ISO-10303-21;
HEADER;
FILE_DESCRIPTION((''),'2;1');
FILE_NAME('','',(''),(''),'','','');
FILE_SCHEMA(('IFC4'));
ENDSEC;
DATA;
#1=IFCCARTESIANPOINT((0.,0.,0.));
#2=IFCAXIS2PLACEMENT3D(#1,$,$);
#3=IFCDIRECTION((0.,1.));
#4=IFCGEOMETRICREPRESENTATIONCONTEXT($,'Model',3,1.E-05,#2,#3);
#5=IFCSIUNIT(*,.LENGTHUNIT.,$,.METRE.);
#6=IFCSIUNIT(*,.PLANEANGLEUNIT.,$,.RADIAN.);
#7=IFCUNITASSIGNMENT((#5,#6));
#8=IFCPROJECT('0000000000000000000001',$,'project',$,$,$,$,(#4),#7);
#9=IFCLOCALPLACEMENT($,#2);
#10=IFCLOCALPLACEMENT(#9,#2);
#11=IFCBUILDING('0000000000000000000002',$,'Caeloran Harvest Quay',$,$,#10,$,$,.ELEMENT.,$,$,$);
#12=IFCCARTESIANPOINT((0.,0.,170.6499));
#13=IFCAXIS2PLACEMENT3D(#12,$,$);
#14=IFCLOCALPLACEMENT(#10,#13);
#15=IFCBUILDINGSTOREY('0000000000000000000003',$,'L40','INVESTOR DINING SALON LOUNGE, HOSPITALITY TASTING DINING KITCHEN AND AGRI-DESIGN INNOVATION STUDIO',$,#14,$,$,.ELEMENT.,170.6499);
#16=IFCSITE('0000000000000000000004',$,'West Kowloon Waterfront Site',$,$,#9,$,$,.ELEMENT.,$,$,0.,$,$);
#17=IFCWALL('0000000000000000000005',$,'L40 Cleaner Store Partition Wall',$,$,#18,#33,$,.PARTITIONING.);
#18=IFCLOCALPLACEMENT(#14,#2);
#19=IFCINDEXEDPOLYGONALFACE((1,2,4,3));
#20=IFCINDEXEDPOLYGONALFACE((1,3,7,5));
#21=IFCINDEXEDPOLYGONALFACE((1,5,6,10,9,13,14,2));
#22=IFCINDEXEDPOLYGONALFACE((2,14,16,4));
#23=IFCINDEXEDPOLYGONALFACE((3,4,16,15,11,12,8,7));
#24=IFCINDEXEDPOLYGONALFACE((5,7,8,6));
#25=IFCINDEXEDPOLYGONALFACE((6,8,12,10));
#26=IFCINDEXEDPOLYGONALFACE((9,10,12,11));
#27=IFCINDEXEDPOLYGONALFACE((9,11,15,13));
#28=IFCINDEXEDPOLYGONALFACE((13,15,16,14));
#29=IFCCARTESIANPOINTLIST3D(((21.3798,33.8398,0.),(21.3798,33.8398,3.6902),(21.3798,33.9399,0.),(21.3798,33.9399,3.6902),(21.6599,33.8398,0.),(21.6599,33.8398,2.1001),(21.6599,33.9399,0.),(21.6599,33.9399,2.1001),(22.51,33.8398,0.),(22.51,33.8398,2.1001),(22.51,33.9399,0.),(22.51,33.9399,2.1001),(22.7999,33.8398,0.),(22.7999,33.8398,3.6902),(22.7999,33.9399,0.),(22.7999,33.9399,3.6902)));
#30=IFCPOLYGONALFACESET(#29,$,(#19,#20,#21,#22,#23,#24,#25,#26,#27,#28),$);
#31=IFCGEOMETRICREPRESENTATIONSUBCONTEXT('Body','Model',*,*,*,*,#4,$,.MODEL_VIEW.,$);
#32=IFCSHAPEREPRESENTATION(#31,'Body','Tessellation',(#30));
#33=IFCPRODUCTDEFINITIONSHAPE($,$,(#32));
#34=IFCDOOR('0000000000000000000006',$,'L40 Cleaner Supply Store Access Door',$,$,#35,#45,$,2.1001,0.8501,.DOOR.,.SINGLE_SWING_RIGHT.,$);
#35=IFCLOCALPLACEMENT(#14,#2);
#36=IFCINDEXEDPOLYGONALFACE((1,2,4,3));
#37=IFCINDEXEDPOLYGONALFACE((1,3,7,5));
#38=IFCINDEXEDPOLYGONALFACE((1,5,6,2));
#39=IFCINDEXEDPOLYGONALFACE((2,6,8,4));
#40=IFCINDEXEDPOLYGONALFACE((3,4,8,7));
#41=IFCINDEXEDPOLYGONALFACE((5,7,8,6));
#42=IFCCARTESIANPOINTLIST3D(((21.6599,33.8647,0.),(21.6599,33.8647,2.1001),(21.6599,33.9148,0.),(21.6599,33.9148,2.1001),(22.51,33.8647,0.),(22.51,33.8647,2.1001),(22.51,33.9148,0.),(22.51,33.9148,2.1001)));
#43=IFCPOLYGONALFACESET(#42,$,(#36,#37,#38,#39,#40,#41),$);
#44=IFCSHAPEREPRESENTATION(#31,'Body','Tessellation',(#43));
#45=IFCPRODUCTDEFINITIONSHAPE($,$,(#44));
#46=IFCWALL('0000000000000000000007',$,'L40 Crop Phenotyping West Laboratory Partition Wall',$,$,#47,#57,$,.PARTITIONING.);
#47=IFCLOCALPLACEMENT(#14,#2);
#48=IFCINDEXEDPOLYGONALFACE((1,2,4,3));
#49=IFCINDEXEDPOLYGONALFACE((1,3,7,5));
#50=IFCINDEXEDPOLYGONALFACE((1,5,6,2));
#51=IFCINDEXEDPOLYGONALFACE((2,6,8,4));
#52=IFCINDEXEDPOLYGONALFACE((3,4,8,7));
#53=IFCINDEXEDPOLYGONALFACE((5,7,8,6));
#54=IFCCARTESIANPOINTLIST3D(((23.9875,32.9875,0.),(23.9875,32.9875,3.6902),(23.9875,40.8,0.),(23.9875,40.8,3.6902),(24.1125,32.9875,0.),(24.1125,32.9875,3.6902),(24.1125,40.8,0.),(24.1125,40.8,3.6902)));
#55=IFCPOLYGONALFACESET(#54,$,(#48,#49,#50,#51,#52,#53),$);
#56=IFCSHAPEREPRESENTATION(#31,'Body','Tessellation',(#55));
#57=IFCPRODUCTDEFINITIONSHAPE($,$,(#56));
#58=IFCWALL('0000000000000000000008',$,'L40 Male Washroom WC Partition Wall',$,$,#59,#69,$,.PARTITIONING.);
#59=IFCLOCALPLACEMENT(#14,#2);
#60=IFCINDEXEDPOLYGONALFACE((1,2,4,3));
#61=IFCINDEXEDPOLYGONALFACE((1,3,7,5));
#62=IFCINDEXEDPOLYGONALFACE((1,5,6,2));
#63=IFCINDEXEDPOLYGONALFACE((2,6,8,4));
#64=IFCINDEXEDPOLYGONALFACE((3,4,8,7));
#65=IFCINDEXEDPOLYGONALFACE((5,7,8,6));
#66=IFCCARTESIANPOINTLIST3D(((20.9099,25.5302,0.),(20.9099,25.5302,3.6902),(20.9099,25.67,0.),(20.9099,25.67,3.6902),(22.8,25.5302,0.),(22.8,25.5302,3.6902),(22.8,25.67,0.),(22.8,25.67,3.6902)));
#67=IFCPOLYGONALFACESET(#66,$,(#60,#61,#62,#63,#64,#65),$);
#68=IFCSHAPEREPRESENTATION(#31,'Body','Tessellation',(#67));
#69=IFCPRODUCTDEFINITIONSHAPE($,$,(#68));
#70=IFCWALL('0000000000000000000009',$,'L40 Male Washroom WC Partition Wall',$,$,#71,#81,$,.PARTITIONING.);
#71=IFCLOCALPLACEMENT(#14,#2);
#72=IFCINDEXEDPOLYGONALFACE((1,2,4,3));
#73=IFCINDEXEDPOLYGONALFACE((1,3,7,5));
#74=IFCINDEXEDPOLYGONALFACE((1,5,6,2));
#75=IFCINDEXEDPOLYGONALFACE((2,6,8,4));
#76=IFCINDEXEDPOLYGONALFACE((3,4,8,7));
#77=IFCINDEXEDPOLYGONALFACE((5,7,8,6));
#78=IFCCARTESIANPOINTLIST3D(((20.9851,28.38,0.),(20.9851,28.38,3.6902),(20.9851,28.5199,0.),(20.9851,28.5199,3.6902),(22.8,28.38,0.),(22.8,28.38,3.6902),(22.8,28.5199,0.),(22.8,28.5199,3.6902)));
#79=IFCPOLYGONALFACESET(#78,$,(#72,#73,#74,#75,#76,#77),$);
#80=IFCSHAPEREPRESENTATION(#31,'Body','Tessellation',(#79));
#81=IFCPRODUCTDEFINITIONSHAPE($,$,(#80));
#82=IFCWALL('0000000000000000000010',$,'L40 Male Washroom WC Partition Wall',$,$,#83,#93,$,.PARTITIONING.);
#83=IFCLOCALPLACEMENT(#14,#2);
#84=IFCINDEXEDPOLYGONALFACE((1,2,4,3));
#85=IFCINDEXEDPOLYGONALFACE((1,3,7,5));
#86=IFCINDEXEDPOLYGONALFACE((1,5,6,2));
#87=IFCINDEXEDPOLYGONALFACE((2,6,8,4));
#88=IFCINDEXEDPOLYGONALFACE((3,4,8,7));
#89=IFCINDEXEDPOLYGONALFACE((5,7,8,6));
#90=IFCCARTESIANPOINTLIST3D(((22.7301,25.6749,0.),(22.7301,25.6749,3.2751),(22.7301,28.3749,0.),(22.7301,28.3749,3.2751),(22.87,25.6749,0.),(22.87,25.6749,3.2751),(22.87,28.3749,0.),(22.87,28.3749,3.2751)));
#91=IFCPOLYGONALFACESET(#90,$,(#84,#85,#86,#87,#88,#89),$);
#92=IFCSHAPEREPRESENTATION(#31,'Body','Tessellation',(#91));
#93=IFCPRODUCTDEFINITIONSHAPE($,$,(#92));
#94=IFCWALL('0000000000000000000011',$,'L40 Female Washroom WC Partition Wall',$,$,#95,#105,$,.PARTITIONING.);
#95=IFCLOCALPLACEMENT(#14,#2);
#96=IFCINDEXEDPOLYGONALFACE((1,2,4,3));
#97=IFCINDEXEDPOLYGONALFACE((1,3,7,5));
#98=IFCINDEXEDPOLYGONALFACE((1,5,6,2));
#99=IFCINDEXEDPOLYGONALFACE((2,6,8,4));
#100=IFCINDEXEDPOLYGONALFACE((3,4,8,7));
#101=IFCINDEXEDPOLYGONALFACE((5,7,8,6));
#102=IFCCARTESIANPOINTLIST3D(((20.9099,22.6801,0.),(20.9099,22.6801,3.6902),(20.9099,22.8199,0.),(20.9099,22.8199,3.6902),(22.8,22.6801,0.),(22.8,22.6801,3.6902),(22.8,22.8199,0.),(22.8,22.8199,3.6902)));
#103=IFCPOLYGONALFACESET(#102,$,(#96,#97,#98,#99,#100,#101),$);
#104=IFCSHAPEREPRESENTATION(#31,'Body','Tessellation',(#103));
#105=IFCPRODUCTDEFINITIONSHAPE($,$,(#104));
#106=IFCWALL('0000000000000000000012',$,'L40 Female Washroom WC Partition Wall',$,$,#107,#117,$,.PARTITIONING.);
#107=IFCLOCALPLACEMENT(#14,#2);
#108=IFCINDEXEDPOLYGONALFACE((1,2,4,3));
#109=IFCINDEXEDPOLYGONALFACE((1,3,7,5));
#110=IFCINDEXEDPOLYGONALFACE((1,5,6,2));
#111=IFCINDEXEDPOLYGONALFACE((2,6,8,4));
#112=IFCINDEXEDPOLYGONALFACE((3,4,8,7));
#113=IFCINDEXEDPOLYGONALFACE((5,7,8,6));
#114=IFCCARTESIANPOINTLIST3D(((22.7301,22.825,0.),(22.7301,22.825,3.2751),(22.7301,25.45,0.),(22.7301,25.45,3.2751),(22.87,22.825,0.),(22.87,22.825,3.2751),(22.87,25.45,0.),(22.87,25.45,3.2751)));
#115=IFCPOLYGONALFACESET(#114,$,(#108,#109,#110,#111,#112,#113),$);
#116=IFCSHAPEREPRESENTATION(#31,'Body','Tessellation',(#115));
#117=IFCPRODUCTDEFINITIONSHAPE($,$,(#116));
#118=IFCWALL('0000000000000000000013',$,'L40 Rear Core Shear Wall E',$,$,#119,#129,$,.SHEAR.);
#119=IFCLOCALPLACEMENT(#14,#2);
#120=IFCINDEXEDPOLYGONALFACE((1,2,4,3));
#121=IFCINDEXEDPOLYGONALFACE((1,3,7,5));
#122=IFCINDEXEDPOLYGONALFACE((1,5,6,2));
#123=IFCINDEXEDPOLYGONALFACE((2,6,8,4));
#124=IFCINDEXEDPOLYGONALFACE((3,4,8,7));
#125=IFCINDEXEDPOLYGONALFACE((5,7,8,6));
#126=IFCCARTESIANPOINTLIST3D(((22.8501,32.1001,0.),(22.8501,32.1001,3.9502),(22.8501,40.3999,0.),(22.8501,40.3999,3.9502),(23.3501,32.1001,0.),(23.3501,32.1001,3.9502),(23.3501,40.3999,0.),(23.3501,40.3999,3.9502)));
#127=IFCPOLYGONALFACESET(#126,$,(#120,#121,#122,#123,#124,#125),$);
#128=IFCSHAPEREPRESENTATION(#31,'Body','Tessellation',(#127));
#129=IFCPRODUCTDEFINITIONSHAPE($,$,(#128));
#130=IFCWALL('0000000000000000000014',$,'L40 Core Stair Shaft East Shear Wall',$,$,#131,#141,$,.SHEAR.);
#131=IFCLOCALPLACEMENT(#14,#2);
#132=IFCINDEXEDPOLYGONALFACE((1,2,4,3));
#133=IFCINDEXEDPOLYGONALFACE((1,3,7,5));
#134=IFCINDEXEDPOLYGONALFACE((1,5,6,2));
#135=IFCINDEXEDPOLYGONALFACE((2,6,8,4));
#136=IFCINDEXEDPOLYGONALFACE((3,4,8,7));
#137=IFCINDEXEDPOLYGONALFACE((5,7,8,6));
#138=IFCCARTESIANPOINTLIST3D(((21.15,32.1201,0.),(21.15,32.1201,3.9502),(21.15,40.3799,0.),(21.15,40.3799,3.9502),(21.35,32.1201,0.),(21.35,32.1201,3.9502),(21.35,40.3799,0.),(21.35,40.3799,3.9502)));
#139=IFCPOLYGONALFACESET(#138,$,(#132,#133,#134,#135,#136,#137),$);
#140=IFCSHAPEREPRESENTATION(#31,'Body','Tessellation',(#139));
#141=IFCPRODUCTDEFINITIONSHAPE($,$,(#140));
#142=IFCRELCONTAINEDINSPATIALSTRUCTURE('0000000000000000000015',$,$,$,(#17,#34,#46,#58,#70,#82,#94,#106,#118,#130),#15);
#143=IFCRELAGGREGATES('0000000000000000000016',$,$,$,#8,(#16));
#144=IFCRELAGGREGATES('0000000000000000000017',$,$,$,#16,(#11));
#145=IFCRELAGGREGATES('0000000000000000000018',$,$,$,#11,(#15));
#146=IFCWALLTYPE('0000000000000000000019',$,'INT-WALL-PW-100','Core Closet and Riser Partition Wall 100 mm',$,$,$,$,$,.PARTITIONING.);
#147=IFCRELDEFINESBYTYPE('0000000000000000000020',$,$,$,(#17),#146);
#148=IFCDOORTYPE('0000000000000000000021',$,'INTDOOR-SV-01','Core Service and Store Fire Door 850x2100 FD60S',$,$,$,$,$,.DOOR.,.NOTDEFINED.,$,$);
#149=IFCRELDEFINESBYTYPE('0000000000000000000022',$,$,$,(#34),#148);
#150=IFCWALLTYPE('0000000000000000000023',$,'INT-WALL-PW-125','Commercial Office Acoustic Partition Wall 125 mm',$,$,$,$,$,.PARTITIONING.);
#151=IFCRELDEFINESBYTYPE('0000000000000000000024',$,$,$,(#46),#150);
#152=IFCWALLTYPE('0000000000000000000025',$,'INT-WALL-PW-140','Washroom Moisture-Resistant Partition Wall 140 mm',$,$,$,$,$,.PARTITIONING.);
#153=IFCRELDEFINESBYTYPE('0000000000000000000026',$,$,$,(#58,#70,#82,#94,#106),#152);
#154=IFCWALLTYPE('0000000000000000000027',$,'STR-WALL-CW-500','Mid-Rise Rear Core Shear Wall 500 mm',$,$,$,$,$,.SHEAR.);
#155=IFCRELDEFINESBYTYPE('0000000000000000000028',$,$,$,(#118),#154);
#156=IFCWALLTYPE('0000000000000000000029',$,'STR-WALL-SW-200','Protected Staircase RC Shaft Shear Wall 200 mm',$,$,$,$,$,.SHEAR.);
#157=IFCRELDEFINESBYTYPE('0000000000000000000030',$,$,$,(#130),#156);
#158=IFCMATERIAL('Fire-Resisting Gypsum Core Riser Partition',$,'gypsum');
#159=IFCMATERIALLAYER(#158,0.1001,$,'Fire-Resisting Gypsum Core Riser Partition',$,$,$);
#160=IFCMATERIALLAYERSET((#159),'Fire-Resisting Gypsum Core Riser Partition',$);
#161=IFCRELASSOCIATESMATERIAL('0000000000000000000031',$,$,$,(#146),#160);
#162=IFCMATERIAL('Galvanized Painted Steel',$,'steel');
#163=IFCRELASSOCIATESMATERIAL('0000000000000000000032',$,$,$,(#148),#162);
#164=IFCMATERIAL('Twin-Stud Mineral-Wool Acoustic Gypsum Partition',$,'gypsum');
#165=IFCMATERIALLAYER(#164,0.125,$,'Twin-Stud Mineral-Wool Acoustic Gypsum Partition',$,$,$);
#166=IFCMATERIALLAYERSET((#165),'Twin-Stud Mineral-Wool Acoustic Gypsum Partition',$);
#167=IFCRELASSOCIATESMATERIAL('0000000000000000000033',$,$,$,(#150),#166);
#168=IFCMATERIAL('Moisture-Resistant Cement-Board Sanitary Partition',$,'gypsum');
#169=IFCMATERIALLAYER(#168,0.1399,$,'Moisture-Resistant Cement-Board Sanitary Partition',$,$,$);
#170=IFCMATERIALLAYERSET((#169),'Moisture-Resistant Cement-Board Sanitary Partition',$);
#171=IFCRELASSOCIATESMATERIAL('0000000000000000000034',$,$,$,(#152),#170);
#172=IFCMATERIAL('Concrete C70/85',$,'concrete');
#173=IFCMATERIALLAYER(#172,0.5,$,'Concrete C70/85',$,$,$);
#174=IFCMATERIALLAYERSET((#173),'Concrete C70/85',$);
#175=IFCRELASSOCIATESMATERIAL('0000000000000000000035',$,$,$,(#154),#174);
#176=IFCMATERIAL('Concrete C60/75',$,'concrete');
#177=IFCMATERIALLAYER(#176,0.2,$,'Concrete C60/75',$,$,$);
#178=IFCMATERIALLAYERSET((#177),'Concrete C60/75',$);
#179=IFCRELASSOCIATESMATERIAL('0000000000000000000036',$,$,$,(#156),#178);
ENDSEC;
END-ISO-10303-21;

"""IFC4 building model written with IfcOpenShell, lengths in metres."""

from ifc_helpers import new_model, si_unit, direction, frame, frame_2d, origin, place, context, subcontext, project, spatial, rectangle, extrude, material, layer, layer_set, type_object, element, fill, save


model = new_model("IFC4")

# Units and contexts
model_context = context("Model", 3, precision=1e-05, world=origin(), true_north=direction((0.0, 1.0)))
body_context = subcontext(model_context, "Body", "Model", "MODEL_VIEW")
ifc_project = project(units=[si_unit("LENGTHUNIT", "METRE"), si_unit("PLANEANGLEUNIT", "RADIAN")], contexts=[model_context])

# Site, building, storey
site_placement = place(None, origin())
site = spatial("IfcSite", under=ifc_project, at=site_placement, Name="West Kowloon Waterfront Site", CompositionType="ELEMENT", RefElevation=0.0)
building_placement = place(site_placement, origin())
building = spatial("IfcBuilding", under=site, at=building_placement, Name="Caeloran Harvest Quay", CompositionType="ELEMENT")
storey_placement = place(building_placement, frame((0.0, 0.0, 170.6499)))
storey = spatial("IfcBuildingStorey", under=building, at=storey_placement, Name="L40", Description="INVESTOR DINING SALON LOUNGE, HOSPITALITY TASTING DINING KITCHEN AND AGRI-DESIGN INNOVATION STUDIO", CompositionType="ELEMENT", Elevation=170.6499)

# Wall, opening, door
ifc_material_1 = material(Name="Fire-Resisting Gypsum Core Riser Partition", Category="gypsum")
ifc_layer_1 = layer(ifc_material_1, 0.1001, Name="Fire-Resisting Gypsum Core Riser Partition")
ifc_layer_set_1 = layer_set([ifc_layer_1], Name="Fire-Resisting Gypsum Core Riser Partition")
wall_type_1 = type_object("IfcWallType", Name="INT-WALL-PW-100", Description="Core Closet and Riser Partition Wall 100 mm", PredefinedType="PARTITIONING", material=ifc_layer_set_1)
wall_1_placement = place(storey_placement, frame((21.3799, 33.8899, 0.0), z_axis=(0.0, 0.0, 1.0), x_axis=(1.0, 0.0, 0.0)))
wall_1 = element("IfcWall", 1, at=wall_1_placement, inside=storey, type_object=wall_type_1, Name="L40 Cleaner Store Partition Wall", PredefinedType="PARTITIONING", context=body_context, shape_type="SweptSolid", body=[
    extrude(rectangle(XDim=1.4202, YDim=0.1001, at=frame_2d((0.71, 0.0))), origin(), (0.0, 0.0, 1.0), 3.6902),
])
opening_1_placement = place(wall_1_placement, frame((0.28, 0.0, 0.0)))
opening_1 = element("IfcOpeningElement", 2, at=opening_1_placement, cuts=wall_1, PredefinedType="OPENING", context=body_context, shape_type="SweptSolid", body=[
    extrude(rectangle(XDim=0.8501, YDim=2.1001, at=frame_2d((0.425, 1.05))), frame((0.0, 0.0601, 0.0), z_axis=(0.0, -1.0, 0.0), x_axis=(1.0, 0.0, 0.0)), (0.0, 0.0, 1.0), 0.1201),
])
ifc_material_2 = material(Name="Galvanized Painted Steel", Category="steel")
door_type_1 = type_object("IfcDoorType", Name="INTDOOR-SV-01", Description="Core Service and Store Fire Door 850x2100 FD60S", OperationType="NOTDEFINED", PredefinedType="DOOR", material=ifc_material_2)
door_1_placement = place(opening_1_placement, origin())
door_1 = element("IfcDoor", 3, at=door_1_placement, inside=storey, type_object=door_type_1, Name="L40 Cleaner Supply Store Access Door", OperationType="SINGLE_SWING_RIGHT", OverallHeight=2.1001, OverallWidth=0.8501, PredefinedType="DOOR", context=body_context, shape_type="SweptSolid", body=[
    extrude(rectangle(XDim=0.8501, YDim=2.1001, at=frame_2d((0.425, 1.05))), frame((0.0, 0.0249, 0.0), z_axis=(0.0, -1.0, 0.0), x_axis=(1.0, 0.0, 0.0)), (0.0, 0.0, 1.0), 0.05),
])
fill(opening_1, door_1)

# Walls
ifc_material_3 = material(Name="Twin-Stud Mineral-Wool Acoustic Gypsum Partition", Category="gypsum")
ifc_layer_2 = layer(ifc_material_3, 0.125, Name="Twin-Stud Mineral-Wool Acoustic Gypsum Partition")
ifc_layer_set_2 = layer_set([ifc_layer_2], Name="Twin-Stud Mineral-Wool Acoustic Gypsum Partition")
wall_type_2 = type_object("IfcWallType", Name="INT-WALL-PW-125", Description="Commercial Office Acoustic Partition Wall 125 mm", PredefinedType="PARTITIONING", material=ifc_layer_set_2)
wall_2_placement = place(storey_placement, frame((24.05, 32.9875, 0.0), z_axis=(0.0, 0.0, 1.0), x_axis=(0.0, 1.0, 0.0)))
element("IfcWall", 4, at=wall_2_placement, inside=storey, type_object=wall_type_2, Name="L40 Crop Phenotyping West Laboratory Partition Wall", PredefinedType="PARTITIONING", context=body_context, shape_type="SweptSolid", body=[
    extrude(rectangle(XDim=7.8125, YDim=0.125, at=frame_2d((3.9062, 0.0))), origin(), (0.0, 0.0, 1.0), 3.6902),
])
ifc_material_4 = material(Name="Moisture-Resistant Cement-Board Sanitary Partition", Category="gypsum")
ifc_layer_3 = layer(ifc_material_4, 0.1399, Name="Moisture-Resistant Cement-Board Sanitary Partition")
ifc_layer_set_3 = layer_set([ifc_layer_3], Name="Moisture-Resistant Cement-Board Sanitary Partition")
wall_type_3 = type_object("IfcWallType", Name="INT-WALL-PW-140", Description="Washroom Moisture-Resistant Partition Wall 140 mm", PredefinedType="PARTITIONING", material=ifc_layer_set_3)
wall_3_placement = place(storey_placement, frame((22.8, 25.6001, 0.0), z_axis=(0.0, 0.0, 1.0), x_axis=(-1.0, 0.0, 0.0)))
element("IfcWall", 5, at=wall_3_placement, inside=storey, type_object=wall_type_3, Name="L40 Male Washroom WC Partition Wall", PredefinedType="PARTITIONING", context=body_context, shape_type="SweptSolid", body=[
    extrude(rectangle(XDim=1.8901, YDim=0.1399, at=frame_2d((0.9451, 0.0))), origin(), (0.0, 0.0, 1.0), 3.6902),
])

# Walls
wall_4_placement = place(storey_placement, frame((20.9851, 28.45, 0.0), z_axis=(0.0, 0.0, 1.0), x_axis=(1.0, 0.0, 0.0)))
element("IfcWall", 6, at=wall_4_placement, inside=storey, type_object=wall_type_3, Name="L40 Male Washroom WC Partition Wall", PredefinedType="PARTITIONING", context=body_context, shape_type="SweptSolid", body=[
    extrude(rectangle(XDim=1.8149, YDim=0.1399, at=frame_2d((0.9075, 0.0))), origin(), (0.0, 0.0, 1.0), 3.6902),
])
wall_5_placement = place(storey_placement, frame((22.8, 28.375, 0.0), z_axis=(0.0, 0.0, 1.0), x_axis=(0.0, -1.0, 0.0)))
element("IfcWall", 7, at=wall_5_placement, inside=storey, type_object=wall_type_3, Name="L40 Male Washroom WC Partition Wall", PredefinedType="PARTITIONING", context=body_context, shape_type="SweptSolid", body=[
    extrude(rectangle(XDim=2.7, YDim=0.1399, at=frame_2d((1.3501, 0.0))), origin(), (0.0, 0.0, 1.0), 3.2751),
])
wall_6_placement = place(storey_placement, frame((22.8, 22.75, 0.0), z_axis=(0.0, 0.0, 1.0), x_axis=(-1.0, 0.0, 0.0)))
element("IfcWall", 8, at=wall_6_placement, inside=storey, type_object=wall_type_3, Name="L40 Female Washroom WC Partition Wall", PredefinedType="PARTITIONING", context=body_context, shape_type="SweptSolid", body=[
    extrude(rectangle(XDim=1.8901, YDim=0.1399, at=frame_2d((0.9451, 0.0))), origin(), (0.0, 0.0, 1.0), 3.6902),
])

# Walls
wall_7_placement = place(storey_placement, frame((22.8, 25.45, 0.0), z_axis=(0.0, 0.0, 1.0), x_axis=(0.0, -1.0, 0.0)))
element("IfcWall", 9, at=wall_7_placement, inside=storey, type_object=wall_type_3, Name="L40 Female Washroom WC Partition Wall", PredefinedType="PARTITIONING", context=body_context, shape_type="SweptSolid", body=[
    extrude(rectangle(XDim=2.625, YDim=0.1399, at=frame_2d((1.3125, 0.0))), origin(), (0.0, 0.0, 1.0), 3.2751),
])
ifc_material_5 = material(Name="Concrete C70/85", Category="concrete")
ifc_layer_4 = layer(ifc_material_5, 0.5, Name="Concrete C70/85")
ifc_layer_set_4 = layer_set([ifc_layer_4], Name="Concrete C70/85")
wall_type_4 = type_object("IfcWallType", Name="STR-WALL-CW-500", Description="Mid-Rise Rear Core Shear Wall 500 mm", PredefinedType="SHEAR", material=ifc_layer_set_4)
wall_8_placement = place(storey_placement, frame((23.1001, 32.1001, 0.0), z_axis=(0.0, 0.0, 1.0), x_axis=(0.0, 1.0, 0.0)))
element("IfcWall", 10, at=wall_8_placement, inside=storey, type_object=wall_type_4, Name="L40 Rear Core Shear Wall E", PredefinedType="SHEAR", context=body_context, shape_type="SweptSolid", body=[
    extrude(rectangle(XDim=8.2998, YDim=0.5, at=frame_2d((4.1499, 0.0))), origin(), (0.0, 0.0, 1.0), 3.9502),
])
ifc_material_6 = material(Name="Concrete C60/75", Category="concrete")
ifc_layer_5 = layer(ifc_material_6, 0.2, Name="Concrete C60/75")
ifc_layer_set_5 = layer_set([ifc_layer_5], Name="Concrete C60/75")
wall_type_5 = type_object("IfcWallType", Name="STR-WALL-SW-200", Description="Protected Staircase RC Shaft Shear Wall 200 mm", PredefinedType="SHEAR", material=ifc_layer_set_5)
wall_9_placement = place(storey_placement, frame((21.25, 32.1201, 0.0), z_axis=(0.0, 0.0, 1.0), x_axis=(0.0, 1.0, 0.0)))
element("IfcWall", 11, at=wall_9_placement, inside=storey, type_object=wall_type_5, Name="L40 Core Stair Shaft East Shear Wall", PredefinedType="SHEAR", context=body_context, shape_type="SweptSolid", body=[
    extrude(rectangle(XDim=8.2598, YDim=0.2, at=frame_2d((4.1299, 0.0))), origin(), (0.0, 0.0, 1.0), 3.9502),
])

save(model, "model.ifc")
